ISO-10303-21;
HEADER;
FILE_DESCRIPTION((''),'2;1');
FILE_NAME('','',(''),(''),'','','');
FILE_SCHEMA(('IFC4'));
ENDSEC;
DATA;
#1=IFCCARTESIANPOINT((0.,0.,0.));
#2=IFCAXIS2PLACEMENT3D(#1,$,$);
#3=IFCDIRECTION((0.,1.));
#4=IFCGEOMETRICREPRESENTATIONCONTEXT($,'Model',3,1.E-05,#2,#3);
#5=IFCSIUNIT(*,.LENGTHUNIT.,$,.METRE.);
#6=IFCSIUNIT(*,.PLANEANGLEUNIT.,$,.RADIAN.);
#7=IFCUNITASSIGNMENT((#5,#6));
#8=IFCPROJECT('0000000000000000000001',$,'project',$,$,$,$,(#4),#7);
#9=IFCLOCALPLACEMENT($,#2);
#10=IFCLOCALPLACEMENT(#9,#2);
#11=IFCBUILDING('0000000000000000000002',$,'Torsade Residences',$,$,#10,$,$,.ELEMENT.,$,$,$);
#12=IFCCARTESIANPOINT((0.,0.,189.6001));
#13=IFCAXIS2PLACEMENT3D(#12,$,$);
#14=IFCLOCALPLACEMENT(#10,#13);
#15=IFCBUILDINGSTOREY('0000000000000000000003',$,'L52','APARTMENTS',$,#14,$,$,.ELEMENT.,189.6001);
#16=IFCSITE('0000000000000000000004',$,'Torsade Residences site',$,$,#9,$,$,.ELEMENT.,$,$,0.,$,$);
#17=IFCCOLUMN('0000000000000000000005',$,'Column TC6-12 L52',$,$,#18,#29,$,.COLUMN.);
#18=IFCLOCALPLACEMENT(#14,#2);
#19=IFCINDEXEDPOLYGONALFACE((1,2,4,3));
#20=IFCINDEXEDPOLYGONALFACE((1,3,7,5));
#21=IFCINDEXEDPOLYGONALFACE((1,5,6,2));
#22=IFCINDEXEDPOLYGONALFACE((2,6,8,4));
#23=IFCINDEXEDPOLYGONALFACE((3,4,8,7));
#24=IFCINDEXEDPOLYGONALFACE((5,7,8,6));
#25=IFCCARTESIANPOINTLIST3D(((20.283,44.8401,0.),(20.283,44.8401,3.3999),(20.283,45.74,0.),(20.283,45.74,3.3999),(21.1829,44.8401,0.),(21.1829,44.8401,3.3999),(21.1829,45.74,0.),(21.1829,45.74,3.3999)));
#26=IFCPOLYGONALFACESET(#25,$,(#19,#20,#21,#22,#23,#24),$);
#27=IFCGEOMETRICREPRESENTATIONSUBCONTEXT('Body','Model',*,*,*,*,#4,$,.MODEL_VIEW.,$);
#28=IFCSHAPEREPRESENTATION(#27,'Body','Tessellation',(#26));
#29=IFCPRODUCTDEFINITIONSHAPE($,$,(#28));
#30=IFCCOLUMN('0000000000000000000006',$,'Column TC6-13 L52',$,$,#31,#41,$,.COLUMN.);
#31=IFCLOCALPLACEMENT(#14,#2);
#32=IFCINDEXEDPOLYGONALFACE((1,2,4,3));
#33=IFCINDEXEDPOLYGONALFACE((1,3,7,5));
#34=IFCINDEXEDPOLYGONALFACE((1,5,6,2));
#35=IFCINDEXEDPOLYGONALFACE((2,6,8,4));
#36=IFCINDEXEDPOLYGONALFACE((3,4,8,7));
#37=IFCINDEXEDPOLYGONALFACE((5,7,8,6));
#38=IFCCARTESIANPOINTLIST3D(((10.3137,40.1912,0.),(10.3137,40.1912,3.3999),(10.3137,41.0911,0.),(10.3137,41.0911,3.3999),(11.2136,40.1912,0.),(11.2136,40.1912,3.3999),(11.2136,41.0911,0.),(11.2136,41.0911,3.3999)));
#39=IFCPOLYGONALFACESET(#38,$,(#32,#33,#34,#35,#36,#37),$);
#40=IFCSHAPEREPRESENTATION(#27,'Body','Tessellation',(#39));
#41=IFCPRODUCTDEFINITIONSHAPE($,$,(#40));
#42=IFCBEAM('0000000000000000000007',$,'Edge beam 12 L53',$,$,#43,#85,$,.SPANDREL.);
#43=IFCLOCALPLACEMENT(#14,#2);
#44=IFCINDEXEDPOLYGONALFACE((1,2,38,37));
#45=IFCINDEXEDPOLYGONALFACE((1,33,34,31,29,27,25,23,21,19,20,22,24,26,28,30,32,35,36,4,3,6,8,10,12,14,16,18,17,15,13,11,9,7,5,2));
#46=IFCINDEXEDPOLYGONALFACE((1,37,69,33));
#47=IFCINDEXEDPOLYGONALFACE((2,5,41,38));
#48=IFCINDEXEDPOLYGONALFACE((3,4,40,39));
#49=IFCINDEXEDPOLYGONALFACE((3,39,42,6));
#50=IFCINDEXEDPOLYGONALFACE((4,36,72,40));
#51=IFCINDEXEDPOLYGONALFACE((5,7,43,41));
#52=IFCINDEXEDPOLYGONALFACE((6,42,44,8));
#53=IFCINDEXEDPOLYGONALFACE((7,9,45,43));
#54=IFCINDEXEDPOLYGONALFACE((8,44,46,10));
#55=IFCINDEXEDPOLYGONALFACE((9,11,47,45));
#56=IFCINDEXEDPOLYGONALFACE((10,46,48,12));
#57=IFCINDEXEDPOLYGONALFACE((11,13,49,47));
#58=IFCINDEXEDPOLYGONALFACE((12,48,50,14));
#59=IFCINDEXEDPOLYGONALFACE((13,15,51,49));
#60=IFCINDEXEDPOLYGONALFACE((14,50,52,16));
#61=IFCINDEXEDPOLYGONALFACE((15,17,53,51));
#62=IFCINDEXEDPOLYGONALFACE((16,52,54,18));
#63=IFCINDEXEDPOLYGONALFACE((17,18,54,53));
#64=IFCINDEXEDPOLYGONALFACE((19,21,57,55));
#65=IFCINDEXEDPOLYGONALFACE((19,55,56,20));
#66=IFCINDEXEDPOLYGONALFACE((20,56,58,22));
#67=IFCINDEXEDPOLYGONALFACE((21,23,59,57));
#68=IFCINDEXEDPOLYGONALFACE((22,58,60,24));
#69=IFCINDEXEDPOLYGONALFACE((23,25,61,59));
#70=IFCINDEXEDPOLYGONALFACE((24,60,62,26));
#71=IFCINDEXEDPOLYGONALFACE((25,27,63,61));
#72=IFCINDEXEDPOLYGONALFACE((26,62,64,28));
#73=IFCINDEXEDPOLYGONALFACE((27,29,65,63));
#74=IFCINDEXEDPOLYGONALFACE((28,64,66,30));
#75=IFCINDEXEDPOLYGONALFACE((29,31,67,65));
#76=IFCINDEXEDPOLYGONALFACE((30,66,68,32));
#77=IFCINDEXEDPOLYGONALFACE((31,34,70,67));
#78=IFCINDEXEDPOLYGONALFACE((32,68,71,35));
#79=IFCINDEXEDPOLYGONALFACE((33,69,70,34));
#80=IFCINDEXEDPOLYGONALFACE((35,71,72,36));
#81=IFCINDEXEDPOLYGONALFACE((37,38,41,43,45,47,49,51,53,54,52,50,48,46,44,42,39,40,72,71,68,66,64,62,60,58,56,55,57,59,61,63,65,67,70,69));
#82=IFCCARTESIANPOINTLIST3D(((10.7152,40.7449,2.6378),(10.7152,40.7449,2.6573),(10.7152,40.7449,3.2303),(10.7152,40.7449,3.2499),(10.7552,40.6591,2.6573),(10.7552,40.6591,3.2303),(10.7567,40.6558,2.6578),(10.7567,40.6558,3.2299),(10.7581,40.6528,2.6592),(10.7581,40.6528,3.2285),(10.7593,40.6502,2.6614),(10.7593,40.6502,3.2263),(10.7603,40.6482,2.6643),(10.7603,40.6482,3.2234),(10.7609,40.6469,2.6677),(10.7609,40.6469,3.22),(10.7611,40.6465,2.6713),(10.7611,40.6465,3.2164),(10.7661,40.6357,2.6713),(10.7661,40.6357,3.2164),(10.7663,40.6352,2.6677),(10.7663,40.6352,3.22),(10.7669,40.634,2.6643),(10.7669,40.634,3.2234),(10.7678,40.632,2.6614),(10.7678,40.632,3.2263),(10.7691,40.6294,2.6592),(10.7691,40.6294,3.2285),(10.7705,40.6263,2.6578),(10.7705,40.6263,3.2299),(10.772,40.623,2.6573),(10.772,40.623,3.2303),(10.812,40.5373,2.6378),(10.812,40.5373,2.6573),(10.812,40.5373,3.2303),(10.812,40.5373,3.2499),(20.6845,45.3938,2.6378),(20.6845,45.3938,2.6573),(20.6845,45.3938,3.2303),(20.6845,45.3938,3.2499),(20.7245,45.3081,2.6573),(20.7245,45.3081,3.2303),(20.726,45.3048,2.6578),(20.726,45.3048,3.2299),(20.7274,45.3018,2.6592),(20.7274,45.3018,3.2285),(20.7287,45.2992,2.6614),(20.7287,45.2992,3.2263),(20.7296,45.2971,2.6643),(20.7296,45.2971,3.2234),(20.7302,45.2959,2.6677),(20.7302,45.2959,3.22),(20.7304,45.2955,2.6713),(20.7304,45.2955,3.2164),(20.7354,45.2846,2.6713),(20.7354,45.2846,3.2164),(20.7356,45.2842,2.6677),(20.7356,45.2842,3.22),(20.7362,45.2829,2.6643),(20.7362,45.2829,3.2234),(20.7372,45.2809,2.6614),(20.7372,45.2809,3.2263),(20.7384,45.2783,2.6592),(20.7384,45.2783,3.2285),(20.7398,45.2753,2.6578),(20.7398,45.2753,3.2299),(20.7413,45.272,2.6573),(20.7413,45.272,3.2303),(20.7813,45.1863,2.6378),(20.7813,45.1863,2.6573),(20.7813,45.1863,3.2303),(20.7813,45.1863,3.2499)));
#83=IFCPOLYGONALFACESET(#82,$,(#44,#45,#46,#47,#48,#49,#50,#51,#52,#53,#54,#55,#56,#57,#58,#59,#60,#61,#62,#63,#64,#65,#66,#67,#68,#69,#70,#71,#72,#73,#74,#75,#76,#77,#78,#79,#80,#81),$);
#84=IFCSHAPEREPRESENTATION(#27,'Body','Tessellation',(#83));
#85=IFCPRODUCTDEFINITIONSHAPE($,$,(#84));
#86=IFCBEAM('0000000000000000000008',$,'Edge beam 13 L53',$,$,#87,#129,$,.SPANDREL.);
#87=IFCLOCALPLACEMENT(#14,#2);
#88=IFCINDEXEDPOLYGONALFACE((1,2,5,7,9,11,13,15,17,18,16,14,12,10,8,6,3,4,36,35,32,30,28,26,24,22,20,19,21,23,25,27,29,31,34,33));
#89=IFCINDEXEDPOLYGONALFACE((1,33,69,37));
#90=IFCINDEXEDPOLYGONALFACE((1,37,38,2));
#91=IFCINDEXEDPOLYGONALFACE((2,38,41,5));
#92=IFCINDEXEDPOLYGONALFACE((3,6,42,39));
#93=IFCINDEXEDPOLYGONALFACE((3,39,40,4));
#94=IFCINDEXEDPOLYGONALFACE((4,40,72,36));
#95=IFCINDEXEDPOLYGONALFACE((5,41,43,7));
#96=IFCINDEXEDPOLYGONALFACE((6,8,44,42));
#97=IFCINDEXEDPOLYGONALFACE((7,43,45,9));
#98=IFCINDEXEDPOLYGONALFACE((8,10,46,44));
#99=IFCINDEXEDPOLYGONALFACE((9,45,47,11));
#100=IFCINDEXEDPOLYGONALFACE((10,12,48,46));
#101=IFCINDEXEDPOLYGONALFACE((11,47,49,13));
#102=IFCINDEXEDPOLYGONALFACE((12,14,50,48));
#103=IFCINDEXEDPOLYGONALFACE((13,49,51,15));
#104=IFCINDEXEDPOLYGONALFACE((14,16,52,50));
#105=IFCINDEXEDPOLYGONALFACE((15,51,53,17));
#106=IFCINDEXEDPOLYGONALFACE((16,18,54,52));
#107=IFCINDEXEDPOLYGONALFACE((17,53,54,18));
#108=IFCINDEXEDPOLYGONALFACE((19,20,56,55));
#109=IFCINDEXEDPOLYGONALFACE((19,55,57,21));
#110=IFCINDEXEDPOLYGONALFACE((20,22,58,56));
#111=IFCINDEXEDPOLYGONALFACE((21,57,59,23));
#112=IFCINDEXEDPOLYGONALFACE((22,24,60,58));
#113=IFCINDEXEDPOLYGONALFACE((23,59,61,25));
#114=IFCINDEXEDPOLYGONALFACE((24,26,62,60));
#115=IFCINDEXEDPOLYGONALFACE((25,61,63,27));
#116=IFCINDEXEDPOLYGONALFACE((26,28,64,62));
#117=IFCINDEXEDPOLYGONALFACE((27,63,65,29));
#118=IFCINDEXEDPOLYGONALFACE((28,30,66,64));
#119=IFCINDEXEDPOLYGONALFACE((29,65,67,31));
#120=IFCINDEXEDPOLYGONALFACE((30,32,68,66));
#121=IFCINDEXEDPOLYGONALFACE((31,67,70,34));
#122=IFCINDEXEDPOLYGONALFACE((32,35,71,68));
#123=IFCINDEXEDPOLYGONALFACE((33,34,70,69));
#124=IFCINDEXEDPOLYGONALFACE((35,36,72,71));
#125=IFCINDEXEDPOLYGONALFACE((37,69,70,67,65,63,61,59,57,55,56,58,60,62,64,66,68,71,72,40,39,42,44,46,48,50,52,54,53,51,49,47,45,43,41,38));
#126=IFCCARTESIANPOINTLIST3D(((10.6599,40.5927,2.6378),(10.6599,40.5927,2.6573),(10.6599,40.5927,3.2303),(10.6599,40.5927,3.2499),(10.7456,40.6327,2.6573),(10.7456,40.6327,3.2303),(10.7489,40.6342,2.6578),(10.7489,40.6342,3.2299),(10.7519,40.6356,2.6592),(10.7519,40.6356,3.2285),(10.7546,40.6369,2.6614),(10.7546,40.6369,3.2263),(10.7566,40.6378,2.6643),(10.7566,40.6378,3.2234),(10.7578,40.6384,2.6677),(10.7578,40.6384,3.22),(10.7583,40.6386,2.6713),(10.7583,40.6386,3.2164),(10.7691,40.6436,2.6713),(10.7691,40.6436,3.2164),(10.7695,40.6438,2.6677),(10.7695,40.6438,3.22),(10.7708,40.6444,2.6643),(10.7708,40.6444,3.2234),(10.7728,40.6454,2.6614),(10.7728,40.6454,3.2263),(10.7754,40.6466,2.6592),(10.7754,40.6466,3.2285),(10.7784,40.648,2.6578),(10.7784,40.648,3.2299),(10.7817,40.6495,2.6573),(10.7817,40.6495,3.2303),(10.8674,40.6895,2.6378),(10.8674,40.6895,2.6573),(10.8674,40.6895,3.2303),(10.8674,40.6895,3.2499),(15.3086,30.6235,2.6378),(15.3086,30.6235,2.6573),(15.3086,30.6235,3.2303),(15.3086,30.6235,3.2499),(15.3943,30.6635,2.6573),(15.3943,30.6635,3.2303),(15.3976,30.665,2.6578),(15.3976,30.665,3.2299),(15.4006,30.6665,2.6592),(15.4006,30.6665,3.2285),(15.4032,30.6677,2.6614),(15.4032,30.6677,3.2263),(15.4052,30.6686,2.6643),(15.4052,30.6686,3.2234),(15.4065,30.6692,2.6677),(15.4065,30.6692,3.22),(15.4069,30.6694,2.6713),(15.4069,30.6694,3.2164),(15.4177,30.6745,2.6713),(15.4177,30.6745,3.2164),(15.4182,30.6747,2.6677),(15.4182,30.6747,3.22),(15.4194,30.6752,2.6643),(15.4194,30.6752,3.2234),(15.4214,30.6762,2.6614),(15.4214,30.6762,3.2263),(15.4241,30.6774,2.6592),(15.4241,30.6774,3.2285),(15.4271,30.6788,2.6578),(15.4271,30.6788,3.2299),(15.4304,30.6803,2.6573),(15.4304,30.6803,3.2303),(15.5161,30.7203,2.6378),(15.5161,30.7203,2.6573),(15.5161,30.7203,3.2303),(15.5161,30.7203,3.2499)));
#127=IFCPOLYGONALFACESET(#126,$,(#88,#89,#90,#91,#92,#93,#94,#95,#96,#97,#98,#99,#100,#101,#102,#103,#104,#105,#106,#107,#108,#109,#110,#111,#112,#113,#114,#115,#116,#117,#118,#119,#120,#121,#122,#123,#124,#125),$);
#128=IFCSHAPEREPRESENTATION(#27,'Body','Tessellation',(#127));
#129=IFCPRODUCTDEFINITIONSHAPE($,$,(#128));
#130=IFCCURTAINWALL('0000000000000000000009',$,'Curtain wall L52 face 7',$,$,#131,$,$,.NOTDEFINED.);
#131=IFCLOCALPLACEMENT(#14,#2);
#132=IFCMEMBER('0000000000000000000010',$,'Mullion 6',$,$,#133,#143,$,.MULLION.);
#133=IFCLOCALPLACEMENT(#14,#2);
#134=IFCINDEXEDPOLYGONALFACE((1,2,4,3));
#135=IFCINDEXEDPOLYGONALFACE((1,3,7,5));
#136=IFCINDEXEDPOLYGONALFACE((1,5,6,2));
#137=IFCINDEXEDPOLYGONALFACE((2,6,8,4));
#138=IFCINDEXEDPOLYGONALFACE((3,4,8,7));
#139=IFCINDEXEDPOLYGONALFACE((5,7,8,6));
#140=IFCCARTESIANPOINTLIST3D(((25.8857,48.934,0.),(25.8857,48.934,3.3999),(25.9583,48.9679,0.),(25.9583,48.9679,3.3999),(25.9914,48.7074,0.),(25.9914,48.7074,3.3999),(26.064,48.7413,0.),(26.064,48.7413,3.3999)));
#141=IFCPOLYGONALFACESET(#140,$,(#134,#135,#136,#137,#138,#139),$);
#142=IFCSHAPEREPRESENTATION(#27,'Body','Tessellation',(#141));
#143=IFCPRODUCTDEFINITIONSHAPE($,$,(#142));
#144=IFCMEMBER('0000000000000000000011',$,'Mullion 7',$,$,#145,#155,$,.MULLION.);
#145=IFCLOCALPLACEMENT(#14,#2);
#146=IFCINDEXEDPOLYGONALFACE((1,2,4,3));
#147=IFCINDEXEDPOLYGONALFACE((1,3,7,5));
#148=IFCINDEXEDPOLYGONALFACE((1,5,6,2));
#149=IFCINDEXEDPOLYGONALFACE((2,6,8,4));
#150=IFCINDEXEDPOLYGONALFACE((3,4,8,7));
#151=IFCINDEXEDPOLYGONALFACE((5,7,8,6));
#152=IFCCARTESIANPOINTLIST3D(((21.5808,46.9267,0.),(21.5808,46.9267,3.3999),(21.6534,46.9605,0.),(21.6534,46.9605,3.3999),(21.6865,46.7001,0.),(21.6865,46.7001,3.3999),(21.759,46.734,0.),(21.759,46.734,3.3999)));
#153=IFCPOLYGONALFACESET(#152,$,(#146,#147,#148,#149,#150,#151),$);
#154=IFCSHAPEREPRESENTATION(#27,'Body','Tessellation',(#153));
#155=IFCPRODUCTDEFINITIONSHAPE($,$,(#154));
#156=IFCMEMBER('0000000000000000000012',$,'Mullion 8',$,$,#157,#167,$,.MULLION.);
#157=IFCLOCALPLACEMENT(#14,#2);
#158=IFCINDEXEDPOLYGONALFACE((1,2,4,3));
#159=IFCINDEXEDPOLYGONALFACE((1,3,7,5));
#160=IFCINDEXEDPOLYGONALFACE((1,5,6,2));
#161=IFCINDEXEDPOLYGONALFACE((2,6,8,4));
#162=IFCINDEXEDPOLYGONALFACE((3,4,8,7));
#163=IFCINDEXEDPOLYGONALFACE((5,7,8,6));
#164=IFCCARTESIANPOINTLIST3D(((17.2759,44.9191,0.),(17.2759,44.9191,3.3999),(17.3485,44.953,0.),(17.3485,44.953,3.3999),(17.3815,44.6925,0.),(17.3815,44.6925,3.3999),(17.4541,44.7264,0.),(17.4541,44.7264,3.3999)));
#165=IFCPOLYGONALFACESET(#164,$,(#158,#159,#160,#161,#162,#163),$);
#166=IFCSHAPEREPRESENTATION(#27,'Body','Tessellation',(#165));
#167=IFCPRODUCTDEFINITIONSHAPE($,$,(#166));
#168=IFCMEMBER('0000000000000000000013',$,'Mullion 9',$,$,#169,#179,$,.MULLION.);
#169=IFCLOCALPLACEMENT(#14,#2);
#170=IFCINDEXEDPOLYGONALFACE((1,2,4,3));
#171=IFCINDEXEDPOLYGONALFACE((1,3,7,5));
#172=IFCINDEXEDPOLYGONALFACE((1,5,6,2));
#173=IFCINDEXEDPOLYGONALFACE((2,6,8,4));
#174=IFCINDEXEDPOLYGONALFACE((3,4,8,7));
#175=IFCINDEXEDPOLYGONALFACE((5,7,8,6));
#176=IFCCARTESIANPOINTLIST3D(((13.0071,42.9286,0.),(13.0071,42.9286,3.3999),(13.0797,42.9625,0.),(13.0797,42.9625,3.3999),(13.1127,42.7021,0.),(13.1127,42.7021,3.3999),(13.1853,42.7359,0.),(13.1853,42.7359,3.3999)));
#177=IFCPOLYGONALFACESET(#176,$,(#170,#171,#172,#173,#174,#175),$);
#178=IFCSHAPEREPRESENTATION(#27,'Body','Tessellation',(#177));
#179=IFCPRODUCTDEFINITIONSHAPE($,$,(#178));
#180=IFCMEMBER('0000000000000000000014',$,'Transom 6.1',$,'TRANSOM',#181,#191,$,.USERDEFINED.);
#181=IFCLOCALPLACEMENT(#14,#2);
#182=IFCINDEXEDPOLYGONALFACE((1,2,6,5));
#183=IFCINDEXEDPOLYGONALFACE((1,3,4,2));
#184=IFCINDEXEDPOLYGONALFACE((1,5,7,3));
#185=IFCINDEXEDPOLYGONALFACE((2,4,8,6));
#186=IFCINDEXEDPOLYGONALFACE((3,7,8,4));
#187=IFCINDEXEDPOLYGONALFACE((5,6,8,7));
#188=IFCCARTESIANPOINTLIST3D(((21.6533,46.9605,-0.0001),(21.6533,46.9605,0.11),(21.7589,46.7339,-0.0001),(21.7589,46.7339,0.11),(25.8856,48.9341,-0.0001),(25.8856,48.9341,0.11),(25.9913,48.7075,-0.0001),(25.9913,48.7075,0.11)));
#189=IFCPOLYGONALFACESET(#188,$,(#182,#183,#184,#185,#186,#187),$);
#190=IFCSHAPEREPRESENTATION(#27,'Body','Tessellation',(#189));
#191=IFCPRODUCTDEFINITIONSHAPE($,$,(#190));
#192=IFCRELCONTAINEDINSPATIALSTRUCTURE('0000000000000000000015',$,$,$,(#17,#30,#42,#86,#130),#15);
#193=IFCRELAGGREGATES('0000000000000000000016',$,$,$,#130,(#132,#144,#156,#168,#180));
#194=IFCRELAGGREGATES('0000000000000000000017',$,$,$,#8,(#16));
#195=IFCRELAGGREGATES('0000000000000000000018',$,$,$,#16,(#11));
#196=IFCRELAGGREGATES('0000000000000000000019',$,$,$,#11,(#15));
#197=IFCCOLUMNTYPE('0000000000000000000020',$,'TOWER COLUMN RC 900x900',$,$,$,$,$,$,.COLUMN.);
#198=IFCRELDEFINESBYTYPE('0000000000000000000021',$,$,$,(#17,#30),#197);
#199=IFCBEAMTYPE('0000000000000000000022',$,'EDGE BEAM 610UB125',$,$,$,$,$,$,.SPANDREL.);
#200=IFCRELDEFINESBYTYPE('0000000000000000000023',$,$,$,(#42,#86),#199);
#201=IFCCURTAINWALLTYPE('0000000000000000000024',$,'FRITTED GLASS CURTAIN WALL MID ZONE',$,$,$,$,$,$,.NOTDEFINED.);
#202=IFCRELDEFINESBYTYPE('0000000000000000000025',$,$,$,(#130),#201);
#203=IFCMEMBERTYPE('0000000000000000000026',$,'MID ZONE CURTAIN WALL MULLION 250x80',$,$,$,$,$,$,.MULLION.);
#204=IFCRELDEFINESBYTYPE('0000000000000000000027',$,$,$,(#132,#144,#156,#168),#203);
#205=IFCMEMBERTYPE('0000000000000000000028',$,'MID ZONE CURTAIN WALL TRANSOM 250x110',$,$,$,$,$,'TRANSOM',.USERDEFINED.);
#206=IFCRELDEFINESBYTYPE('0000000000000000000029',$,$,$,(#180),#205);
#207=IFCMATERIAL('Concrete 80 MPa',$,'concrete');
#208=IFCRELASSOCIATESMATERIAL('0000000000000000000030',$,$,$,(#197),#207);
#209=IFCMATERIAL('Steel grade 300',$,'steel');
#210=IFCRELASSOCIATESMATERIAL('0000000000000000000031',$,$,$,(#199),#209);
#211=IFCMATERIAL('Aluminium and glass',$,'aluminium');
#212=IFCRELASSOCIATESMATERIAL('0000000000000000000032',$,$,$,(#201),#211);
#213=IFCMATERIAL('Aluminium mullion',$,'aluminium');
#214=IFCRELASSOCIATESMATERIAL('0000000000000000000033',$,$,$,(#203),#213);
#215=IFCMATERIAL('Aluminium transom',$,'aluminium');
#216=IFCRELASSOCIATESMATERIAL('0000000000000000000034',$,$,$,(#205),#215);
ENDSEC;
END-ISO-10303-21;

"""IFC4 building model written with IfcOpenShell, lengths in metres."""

from ifc_helpers import new_model, si_unit, direction, frame, origin, origin_2d, place, context, subcontext, project, spatial, rectangle, i_section, extrude, material, material_profile, profile_set, type_object, element, aggregate, save


model = new_model("IFC4")

# Units and contexts
model_context = context("Model", 3, precision=1e-05, world=origin(), true_north=direction((0.0, 1.0)))
body_context = subcontext(model_context, "Body", "Model", "MODEL_VIEW")
ifc_project = project(units=[si_unit("LENGTHUNIT", "METRE"), si_unit("PLANEANGLEUNIT", "RADIAN")], contexts=[model_context])

# Site, building, storey
site_placement = place(None, origin())
site = spatial("IfcSite", under=ifc_project, at=site_placement, Name="Torsade Residences site", CompositionType="ELEMENT", RefElevation=0.0)
building_placement = place(site_placement, origin())
building = spatial("IfcBuilding", under=site, at=building_placement, Name="Torsade Residences", CompositionType="ELEMENT")
storey_placement = place(building_placement, frame((0.0, 0.0, 189.6001)))
storey = spatial("IfcBuildingStorey", under=building, at=storey_placement, Name="L52", Description="APARTMENTS", CompositionType="ELEMENT", Elevation=189.6001)

# Columns
ifc_material_1 = material(Name="Concrete 80 MPa", Category="concrete")
ifc_material_profile_1 = material_profile(ifc_material_1, rectangle(XDim=0.8999, YDim=0.8999, at=origin_2d()), Name="RC 900x900")
ifc_profile_set_1 = profile_set([ifc_material_profile_1], Name="Concrete 80 MPa")
column_type = type_object("IfcColumnType", Name="TOWER COLUMN RC 900x900", PredefinedType="COLUMN", material=ifc_profile_set_1)
for number, where, z_axis, x_axis, name in (
    (1, (20.7329, 45.29, 0.0), (0.0, 0.0, 1.0), (1.0, 0.0, 0.0), "Column TC6-12 L52"),
    (2, (10.7637, 40.6411, 0.0), (0.0, 0.0, 1.0), (1.0, 0.0, 0.0), "Column TC6-13 L52"),
):
    element("IfcColumn", number, at=place(storey_placement, frame(where, z_axis=z_axis, x_axis=x_axis)), inside=storey, type_object=column_type, Name=name, PredefinedType="COLUMN", context=body_context, shape_type="SweptSolid", body=[
        extrude(rectangle(XDim=0.8999, YDim=0.8999, at=origin_2d()), origin(), (0.0, 0.0, 1.0), 3.3999),
    ])

# Beams
ifc_material_2 = material(Name="Steel grade 300", Category="steel")
ifc_material_profile_2 = material_profile(ifc_material_2, i_section(OverallWidth=0.229, OverallDepth=0.6121, WebThickness=0.012, FlangeThickness=0.0195, FilletRadius=0.0139, at=origin_2d()), Name="610UB125")
ifc_profile_set_2 = profile_set([ifc_material_profile_2], Name="Steel grade 300")
beam_type_1 = type_object("IfcBeamType", Name="EDGE BEAM 610UB125", PredefinedType="SPANDREL", material=ifc_profile_set_2)
beam_1_placement = place(storey_placement, frame((20.7329, 45.29, 2.9438), z_axis=(-0.906301, -0.422633, 0.0), x_axis=(0.422633, -0.906301, 0.0)))
element("IfcBeam", 3, at=beam_1_placement, inside=storey, type_object=beam_type_1, Name="Edge beam 12 L53", PredefinedType="SPANDREL", context=body_context, shape_type="SweptSolid", body=[
    extrude(i_section(OverallWidth=0.229, OverallDepth=0.6121, WebThickness=0.012, FlangeThickness=0.0195, FilletRadius=0.0139, at=origin_2d()), origin(), (0.0, 0.0, 1.0), 11.0),
])
beam_2_placement = place(storey_placement, frame((10.7637, 40.6411, 2.9438), z_axis=(0.422614, -0.90631, 0.0), x_axis=(0.90631, 0.422614, 0.0)))
element("IfcBeam", 4, at=beam_2_placement, inside=storey, type_object=beam_type_1, Name="Edge beam 13 L53", PredefinedType="SPANDREL", context=body_context, shape_type="SweptSolid", body=[
    extrude(i_section(OverallWidth=0.229, OverallDepth=0.6121, WebThickness=0.012, FlangeThickness=0.0195, FilletRadius=0.0139, at=origin_2d()), origin(), (0.0, 0.0, 1.0), 10.9998),
])

# Curtain wall, members
ifc_material_3 = material(Name="Aluminium and glass", Category="aluminium")
curtain_wall_type = type_object("IfcCurtainWallType", Name="FRITTED GLASS CURTAIN WALL MID ZONE", PredefinedType="NOTDEFINED", material=ifc_material_3)
curtain_wall_placement = place(storey_placement, origin())
curtain_wall = element("IfcCurtainWall", 5, at=curtain_wall_placement, inside=storey, type_object=curtain_wall_type, Name="Curtain wall L52 face 7", PredefinedType="NOTDEFINED")
ifc_material_4 = material(Name="Aluminium mullion", Category="aluminium")
ifc_material_profile_3 = material_profile(ifc_material_4, rectangle(XDim=0.25, YDim=0.0801, at=origin_2d()), Name="MID ZONE CURTAIN WALL MULLION 250x80")
ifc_profile_set_3 = profile_set([ifc_material_profile_3], Name="Aluminium mullion")
member_type_1 = type_object("IfcMemberType", Name="MID ZONE CURTAIN WALL MULLION 250x80", PredefinedType="MULLION", material=ifc_profile_set_3)
member_1_placement = place(storey_placement, frame((25.9749, 48.8376, 0.0), z_axis=(0.0, 0.0, 1.0), x_axis=(0.422618, -0.906308, 0.0)))
member_1 = element("IfcMember", 6, at=member_1_placement, type_object=member_type_1, Name="Mullion 6", PredefinedType="MULLION", context=body_context, shape_type="SweptSolid", body=[
    extrude(rectangle(XDim=0.25, YDim=0.0801, at=origin_2d()), origin(), (0.0, 0.0, 1.0), 3.3999),
])
member_2_placement = place(storey_placement, frame((21.6699, 46.8303, 0.0), z_axis=(0.0, 0.0, 1.0), x_axis=(0.422618, -0.906308, 0.0)))
member_2 = element("IfcMember", 7, at=member_2_placement, type_object=member_type_1, Name="Mullion 7", PredefinedType="MULLION", context=body_context, shape_type="SweptSolid", body=[
    extrude(rectangle(XDim=0.25, YDim=0.0801, at=origin_2d()), origin(), (0.0, 0.0, 1.0), 3.3999),
])
member_3_placement = place(storey_placement, frame((17.365, 44.8228, 0.0), z_axis=(0.0, 0.0, 1.0), x_axis=(0.422618, -0.906308, 0.0)))
member_3 = element("IfcMember", 8, at=member_3_placement, type_object=member_type_1, Name="Mullion 8", PredefinedType="MULLION", context=body_context, shape_type="SweptSolid", body=[
    extrude(rectangle(XDim=0.25, YDim=0.0801, at=origin_2d()), origin(), (0.0, 0.0, 1.0), 3.3999),
])
member_4_placement = place(storey_placement, frame((13.0962, 42.8323, 0.0), z_axis=(0.0, 0.0, 1.0), x_axis=(0.422618, -0.906308, 0.0)))
member_4 = element("IfcMember", 9, at=member_4_placement, type_object=member_type_1, Name="Mullion 9", PredefinedType="MULLION", context=body_context, shape_type="SweptSolid", body=[
    extrude(rectangle(XDim=0.25, YDim=0.0801, at=origin_2d()), origin(), (0.0, 0.0, 1.0), 3.3999),
])
ifc_material_5 = material(Name="Aluminium transom", Category="aluminium")
ifc_material_profile_4 = material_profile(ifc_material_5, rectangle(XDim=0.25, YDim=0.1101, at=origin_2d()), Name="MID ZONE CURTAIN WALL TRANSOM 250x110")
ifc_profile_set_4 = profile_set([ifc_material_profile_4], Name="Aluminium transom")
member_type_2 = type_object("IfcMemberType", Name="MID ZONE CURTAIN WALL TRANSOM 250x110", ElementType="TRANSOM", PredefinedType="USERDEFINED", material=ifc_profile_set_4)
member_5_placement = place(storey_placement, frame((25.9385, 48.8208, 0.0549), z_axis=(-0.906306, -0.422622, 0.0), x_axis=(0.422622, -0.906306, 0.0)))
member_5 = element("IfcMember", 10, at=member_5_placement, type_object=member_type_2, Name="Transom 6.1", ObjectType="TRANSOM", PredefinedType="USERDEFINED", context=body_context, shape_type="SweptSolid", body=[
    extrude(rectangle(XDim=0.25, YDim=0.1101, at=origin_2d()), origin(), (0.0, 0.0, 1.0), 4.6699),
])

aggregate(curtain_wall, [member_1, member_2, member_3, member_4, member_5])

save(model, "model.ifc")
